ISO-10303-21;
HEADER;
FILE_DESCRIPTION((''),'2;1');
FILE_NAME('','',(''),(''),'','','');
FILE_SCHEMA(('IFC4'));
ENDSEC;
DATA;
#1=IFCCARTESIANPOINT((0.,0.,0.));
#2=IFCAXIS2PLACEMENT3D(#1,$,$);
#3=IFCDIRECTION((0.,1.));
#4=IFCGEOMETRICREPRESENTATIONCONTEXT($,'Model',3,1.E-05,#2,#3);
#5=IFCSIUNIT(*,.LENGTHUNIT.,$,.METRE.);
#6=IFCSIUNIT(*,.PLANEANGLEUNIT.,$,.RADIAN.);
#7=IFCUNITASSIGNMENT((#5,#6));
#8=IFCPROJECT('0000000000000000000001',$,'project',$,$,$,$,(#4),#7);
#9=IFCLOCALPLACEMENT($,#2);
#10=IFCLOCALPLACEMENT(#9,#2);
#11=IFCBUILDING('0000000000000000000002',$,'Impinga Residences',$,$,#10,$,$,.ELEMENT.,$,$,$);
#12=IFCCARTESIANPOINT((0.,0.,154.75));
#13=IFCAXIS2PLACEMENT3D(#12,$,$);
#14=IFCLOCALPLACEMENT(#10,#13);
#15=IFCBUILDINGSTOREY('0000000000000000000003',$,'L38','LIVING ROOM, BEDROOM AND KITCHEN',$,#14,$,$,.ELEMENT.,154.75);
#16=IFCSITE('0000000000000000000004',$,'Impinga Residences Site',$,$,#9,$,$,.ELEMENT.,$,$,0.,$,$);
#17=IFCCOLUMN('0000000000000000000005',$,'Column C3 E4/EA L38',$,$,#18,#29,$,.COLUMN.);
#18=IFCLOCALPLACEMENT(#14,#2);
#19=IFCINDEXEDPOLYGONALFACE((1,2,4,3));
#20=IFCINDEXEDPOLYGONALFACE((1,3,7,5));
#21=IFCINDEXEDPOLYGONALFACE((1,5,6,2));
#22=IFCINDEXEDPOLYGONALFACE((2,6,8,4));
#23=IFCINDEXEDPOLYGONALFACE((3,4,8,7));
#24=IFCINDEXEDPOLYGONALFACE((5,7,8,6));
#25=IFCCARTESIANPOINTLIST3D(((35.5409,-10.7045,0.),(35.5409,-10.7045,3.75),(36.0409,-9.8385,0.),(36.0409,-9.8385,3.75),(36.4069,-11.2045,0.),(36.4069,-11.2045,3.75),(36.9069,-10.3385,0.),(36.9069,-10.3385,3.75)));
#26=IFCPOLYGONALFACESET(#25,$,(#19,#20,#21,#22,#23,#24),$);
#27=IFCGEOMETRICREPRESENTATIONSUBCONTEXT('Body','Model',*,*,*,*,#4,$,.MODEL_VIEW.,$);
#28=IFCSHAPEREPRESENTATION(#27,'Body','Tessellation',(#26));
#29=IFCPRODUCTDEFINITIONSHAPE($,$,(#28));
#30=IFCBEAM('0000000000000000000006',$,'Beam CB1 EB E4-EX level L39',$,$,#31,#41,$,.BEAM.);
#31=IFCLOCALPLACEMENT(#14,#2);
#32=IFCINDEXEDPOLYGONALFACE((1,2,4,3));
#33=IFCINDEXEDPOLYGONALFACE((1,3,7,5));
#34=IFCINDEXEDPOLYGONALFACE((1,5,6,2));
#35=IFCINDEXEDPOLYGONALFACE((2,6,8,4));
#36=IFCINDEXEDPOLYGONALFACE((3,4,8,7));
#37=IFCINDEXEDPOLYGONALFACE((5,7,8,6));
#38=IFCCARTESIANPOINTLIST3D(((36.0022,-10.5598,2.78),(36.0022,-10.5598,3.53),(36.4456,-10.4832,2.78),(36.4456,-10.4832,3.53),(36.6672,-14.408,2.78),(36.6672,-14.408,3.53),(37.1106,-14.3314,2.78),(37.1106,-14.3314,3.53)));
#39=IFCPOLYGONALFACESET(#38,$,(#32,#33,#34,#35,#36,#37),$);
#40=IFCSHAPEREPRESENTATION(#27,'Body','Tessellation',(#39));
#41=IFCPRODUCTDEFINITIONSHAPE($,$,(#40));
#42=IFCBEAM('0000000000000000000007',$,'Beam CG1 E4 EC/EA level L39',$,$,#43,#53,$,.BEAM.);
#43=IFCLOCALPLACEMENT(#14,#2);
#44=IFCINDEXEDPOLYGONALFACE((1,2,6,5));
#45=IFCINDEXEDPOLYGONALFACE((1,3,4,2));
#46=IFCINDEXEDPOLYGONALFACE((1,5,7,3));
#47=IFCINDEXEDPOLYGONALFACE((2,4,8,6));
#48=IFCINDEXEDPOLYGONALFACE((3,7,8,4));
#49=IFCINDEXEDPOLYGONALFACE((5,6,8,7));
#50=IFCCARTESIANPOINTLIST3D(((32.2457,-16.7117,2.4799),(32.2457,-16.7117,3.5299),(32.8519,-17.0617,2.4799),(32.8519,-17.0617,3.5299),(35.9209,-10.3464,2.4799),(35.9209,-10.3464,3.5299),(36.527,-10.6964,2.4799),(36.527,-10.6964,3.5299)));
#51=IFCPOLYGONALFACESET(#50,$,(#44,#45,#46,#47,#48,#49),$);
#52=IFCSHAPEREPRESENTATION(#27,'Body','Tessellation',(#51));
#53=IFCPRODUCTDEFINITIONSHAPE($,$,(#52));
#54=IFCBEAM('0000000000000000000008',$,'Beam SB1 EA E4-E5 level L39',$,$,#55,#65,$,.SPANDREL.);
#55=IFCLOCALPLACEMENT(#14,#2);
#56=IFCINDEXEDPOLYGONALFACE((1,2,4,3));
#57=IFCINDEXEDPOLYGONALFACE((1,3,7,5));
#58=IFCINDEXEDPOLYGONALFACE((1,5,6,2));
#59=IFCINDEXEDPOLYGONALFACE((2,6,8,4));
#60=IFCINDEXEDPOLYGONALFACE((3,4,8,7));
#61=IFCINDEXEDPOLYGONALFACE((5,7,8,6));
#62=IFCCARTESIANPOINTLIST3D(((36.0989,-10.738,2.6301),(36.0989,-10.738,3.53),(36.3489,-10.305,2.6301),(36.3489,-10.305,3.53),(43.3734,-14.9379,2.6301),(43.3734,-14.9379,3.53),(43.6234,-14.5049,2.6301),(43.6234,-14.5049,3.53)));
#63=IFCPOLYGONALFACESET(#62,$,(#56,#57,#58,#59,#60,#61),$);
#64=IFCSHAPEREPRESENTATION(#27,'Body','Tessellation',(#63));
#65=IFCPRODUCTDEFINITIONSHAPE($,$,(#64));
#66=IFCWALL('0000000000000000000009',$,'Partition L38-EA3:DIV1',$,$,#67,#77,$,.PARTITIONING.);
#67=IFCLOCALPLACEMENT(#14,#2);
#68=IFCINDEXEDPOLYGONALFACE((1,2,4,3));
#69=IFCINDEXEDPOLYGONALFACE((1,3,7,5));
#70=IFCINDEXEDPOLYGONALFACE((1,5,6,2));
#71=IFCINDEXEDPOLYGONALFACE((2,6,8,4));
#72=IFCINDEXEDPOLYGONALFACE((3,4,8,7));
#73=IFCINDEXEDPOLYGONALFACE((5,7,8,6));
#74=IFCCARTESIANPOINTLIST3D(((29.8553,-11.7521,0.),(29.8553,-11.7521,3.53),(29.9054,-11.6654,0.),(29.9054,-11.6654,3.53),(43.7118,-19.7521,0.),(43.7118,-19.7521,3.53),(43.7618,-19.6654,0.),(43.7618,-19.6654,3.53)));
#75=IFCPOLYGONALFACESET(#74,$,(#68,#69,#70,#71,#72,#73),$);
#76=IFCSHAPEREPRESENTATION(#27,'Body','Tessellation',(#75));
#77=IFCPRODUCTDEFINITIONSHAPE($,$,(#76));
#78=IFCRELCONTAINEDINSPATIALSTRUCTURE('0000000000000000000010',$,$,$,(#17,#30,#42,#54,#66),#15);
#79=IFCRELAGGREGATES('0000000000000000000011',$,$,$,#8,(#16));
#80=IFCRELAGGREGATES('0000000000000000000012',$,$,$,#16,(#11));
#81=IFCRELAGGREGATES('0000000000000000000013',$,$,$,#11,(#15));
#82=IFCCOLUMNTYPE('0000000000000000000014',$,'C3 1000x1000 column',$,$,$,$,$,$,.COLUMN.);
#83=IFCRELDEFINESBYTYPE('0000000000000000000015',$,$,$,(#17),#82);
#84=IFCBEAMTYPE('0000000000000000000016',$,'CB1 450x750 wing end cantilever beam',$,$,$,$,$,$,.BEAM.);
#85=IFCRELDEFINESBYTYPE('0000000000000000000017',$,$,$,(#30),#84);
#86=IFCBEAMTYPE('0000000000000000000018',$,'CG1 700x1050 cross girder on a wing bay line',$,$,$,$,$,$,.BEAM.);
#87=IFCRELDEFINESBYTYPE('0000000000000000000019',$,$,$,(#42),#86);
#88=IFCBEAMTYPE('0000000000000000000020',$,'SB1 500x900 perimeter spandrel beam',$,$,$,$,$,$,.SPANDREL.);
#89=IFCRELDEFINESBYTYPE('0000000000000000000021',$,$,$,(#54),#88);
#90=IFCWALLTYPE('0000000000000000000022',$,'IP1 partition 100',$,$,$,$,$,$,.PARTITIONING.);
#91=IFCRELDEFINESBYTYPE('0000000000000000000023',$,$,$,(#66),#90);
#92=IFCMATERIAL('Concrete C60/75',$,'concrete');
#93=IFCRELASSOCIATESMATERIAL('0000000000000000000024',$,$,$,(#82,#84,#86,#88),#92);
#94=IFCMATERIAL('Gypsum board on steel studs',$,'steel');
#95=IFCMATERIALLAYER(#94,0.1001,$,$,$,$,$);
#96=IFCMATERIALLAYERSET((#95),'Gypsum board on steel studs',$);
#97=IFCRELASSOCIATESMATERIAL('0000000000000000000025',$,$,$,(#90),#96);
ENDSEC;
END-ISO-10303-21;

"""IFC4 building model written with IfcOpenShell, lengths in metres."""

from ifc_helpers import new_model, si_unit, direction, frame, frame_2d, origin, origin_2d, place, context, subcontext, project, spatial, rectangle, extrude, material, layer, layer_set, material_profile, profile_set, type_object, element, save


model = new_model("IFC4")

# Units and contexts
model_context = context("Model", 3, precision=1e-05, world=origin(), true_north=direction((0.0, 1.0)))
body_context = subcontext(model_context, "Body", "Model", "MODEL_VIEW")
ifc_project = project(units=[si_unit("LENGTHUNIT", "METRE"), si_unit("PLANEANGLEUNIT", "RADIAN")], contexts=[model_context])

# Site, building, storey
site_placement = place(None, origin())
site = spatial("IfcSite", under=ifc_project, at=site_placement, Name="Impinga Residences Site", CompositionType="ELEMENT", RefElevation=0.0)
building_placement = place(site_placement, origin())
building = spatial("IfcBuilding", under=site, at=building_placement, Name="Impinga Residences", CompositionType="ELEMENT")
storey_placement = place(building_placement, frame((0.0, 0.0, 154.75)))
storey = spatial("IfcBuildingStorey", under=building, at=storey_placement, Name="L38", Description="LIVING ROOM, BEDROOM AND KITCHEN", CompositionType="ELEMENT", Elevation=154.75)

# Column
ifc_material_1 = material(Name="Concrete C60/75", Category="concrete")
ifc_material_profile_1 = material_profile(ifc_material_1, rectangle(XDim=1.0, YDim=1.0, at=origin_2d()), Name="RC 1000x1000")
ifc_profile_set_1 = profile_set([ifc_material_profile_1], Name="Concrete C60/75")
column_type = type_object("IfcColumnType", Name="C3 1000x1000 column", PredefinedType="COLUMN", material=ifc_profile_set_1)
column_placement = place(storey_placement, frame((36.2239, -10.5215, 0.0), z_axis=(0.0, 0.0, 1.0), x_axis=(-0.5, -0.866025, 0.0)))
element("IfcColumn", 1, at=column_placement, inside=storey, type_object=column_type, Name="Column C3 E4/EA L38", PredefinedType="COLUMN", context=body_context, shape_type="SweptSolid", body=[
    extrude(rectangle(XDim=1.0, YDim=1.0, at=origin_2d()), origin(), (0.0, 0.0, 1.0), 3.75),
])

# Beams
ifc_material_profile_2 = material_profile(ifc_material_1, rectangle(XDim=0.45, YDim=0.75, at=origin_2d()), Name="RC 450x750")
ifc_profile_set_2 = profile_set([ifc_material_profile_2], Name="Concrete C60/75")
beam_type_1 = type_object("IfcBeamType", Name="CB1 450x750 wing end cantilever beam", PredefinedType="BEAM", material=ifc_profile_set_2)
beam_1_placement = place(storey_placement, frame((36.2239, -10.5215, 3.155), z_axis=(0.170296, -0.985393, 0.0), x_axis=(0.985393, 0.170296, 0.0)))
element("IfcBeam", 2, at=beam_1_placement, inside=storey, type_object=beam_type_1, Name="Beam CB1 EB E4-EX level L39", PredefinedType="BEAM", context=body_context, shape_type="SweptSolid", body=[
    extrude(rectangle(XDim=0.45, YDim=0.75, at=origin_2d()), origin(), (0.0, 0.0, 1.0), 3.9053),
])
ifc_material_profile_3 = material_profile(ifc_material_1, rectangle(XDim=0.7, YDim=1.05, at=origin_2d()), Name="RC 700x1050")
ifc_profile_set_3 = profile_set([ifc_material_profile_3], Name="Concrete C60/75")
beam_type_2 = type_object("IfcBeamType", Name="CG1 700x1050 cross girder on a wing bay line", PredefinedType="BEAM", material=ifc_profile_set_3)
beam_2_placement = place(storey_placement, frame((32.5488, -16.8867, 3.0049), z_axis=(0.500008, 0.866021, 0.0), x_axis=(-0.866021, 0.500008, 0.0)))
element("IfcBeam", 3, at=beam_2_placement, inside=storey, type_object=beam_type_2, Name="Beam CG1 E4 EC/EA level L39", PredefinedType="BEAM", context=body_context, shape_type="SweptSolid", body=[
    extrude(rectangle(XDim=0.7, YDim=1.05, at=origin_2d()), origin(), (0.0, 0.0, 1.0), 7.3501),
])
ifc_material_profile_4 = material_profile(ifc_material_1, rectangle(XDim=0.5, YDim=0.8999, at=origin_2d()), Name="RC 500x900")
ifc_profile_set_4 = profile_set([ifc_material_profile_4], Name="Concrete C60/75")
beam_type_3 = type_object("IfcBeamType", Name="SB1 500x900 perimeter spandrel beam", PredefinedType="SPANDREL", material=ifc_profile_set_4)
beam_3_placement = place(storey_placement, frame((36.2239, -10.5215, 3.0801), z_axis=(0.866029, -0.499993, 0.0), x_axis=(0.499993, 0.866029, 0.0)))
element("IfcBeam", 4, at=beam_3_placement, inside=storey, type_object=beam_type_3, Name="Beam SB1 EA E4-E5 level L39", PredefinedType="SPANDREL", context=body_context, shape_type="SweptSolid", body=[
    extrude(rectangle(XDim=0.5, YDim=0.8999, at=origin_2d()), origin(), (0.0, 0.0, 1.0), 8.3999),
])

# Wall
ifc_material_2 = material(Name="Gypsum board on steel studs", Category="steel")
ifc_layer_1 = layer(ifc_material_2, 0.1001)
ifc_layer_set_1 = layer_set([ifc_layer_1], Name="Gypsum board on steel studs")
wall_type_1 = type_object("IfcWallType", Name="IP1 partition 100", PredefinedType="PARTITIONING", material=ifc_layer_set_1)
wall_1_placement = place(storey_placement, frame((29.8804, -11.7087, 0.0), z_axis=(0.0, 0.0, 1.0), x_axis=(0.866026, -0.499999, 0.0)))
element("IfcWall", 5, at=wall_1_placement, inside=storey, type_object=wall_type_1, Name="Partition L38-EA3:DIV1", PredefinedType="PARTITIONING", context=body_context, shape_type="SweptSolid", body=[
    extrude(rectangle(XDim=16.0, YDim=0.1001, at=frame_2d((8.0, 0.0))), origin(), (0.0, 0.0, 1.0), 3.53),
])

save(model, "model.ifc")
